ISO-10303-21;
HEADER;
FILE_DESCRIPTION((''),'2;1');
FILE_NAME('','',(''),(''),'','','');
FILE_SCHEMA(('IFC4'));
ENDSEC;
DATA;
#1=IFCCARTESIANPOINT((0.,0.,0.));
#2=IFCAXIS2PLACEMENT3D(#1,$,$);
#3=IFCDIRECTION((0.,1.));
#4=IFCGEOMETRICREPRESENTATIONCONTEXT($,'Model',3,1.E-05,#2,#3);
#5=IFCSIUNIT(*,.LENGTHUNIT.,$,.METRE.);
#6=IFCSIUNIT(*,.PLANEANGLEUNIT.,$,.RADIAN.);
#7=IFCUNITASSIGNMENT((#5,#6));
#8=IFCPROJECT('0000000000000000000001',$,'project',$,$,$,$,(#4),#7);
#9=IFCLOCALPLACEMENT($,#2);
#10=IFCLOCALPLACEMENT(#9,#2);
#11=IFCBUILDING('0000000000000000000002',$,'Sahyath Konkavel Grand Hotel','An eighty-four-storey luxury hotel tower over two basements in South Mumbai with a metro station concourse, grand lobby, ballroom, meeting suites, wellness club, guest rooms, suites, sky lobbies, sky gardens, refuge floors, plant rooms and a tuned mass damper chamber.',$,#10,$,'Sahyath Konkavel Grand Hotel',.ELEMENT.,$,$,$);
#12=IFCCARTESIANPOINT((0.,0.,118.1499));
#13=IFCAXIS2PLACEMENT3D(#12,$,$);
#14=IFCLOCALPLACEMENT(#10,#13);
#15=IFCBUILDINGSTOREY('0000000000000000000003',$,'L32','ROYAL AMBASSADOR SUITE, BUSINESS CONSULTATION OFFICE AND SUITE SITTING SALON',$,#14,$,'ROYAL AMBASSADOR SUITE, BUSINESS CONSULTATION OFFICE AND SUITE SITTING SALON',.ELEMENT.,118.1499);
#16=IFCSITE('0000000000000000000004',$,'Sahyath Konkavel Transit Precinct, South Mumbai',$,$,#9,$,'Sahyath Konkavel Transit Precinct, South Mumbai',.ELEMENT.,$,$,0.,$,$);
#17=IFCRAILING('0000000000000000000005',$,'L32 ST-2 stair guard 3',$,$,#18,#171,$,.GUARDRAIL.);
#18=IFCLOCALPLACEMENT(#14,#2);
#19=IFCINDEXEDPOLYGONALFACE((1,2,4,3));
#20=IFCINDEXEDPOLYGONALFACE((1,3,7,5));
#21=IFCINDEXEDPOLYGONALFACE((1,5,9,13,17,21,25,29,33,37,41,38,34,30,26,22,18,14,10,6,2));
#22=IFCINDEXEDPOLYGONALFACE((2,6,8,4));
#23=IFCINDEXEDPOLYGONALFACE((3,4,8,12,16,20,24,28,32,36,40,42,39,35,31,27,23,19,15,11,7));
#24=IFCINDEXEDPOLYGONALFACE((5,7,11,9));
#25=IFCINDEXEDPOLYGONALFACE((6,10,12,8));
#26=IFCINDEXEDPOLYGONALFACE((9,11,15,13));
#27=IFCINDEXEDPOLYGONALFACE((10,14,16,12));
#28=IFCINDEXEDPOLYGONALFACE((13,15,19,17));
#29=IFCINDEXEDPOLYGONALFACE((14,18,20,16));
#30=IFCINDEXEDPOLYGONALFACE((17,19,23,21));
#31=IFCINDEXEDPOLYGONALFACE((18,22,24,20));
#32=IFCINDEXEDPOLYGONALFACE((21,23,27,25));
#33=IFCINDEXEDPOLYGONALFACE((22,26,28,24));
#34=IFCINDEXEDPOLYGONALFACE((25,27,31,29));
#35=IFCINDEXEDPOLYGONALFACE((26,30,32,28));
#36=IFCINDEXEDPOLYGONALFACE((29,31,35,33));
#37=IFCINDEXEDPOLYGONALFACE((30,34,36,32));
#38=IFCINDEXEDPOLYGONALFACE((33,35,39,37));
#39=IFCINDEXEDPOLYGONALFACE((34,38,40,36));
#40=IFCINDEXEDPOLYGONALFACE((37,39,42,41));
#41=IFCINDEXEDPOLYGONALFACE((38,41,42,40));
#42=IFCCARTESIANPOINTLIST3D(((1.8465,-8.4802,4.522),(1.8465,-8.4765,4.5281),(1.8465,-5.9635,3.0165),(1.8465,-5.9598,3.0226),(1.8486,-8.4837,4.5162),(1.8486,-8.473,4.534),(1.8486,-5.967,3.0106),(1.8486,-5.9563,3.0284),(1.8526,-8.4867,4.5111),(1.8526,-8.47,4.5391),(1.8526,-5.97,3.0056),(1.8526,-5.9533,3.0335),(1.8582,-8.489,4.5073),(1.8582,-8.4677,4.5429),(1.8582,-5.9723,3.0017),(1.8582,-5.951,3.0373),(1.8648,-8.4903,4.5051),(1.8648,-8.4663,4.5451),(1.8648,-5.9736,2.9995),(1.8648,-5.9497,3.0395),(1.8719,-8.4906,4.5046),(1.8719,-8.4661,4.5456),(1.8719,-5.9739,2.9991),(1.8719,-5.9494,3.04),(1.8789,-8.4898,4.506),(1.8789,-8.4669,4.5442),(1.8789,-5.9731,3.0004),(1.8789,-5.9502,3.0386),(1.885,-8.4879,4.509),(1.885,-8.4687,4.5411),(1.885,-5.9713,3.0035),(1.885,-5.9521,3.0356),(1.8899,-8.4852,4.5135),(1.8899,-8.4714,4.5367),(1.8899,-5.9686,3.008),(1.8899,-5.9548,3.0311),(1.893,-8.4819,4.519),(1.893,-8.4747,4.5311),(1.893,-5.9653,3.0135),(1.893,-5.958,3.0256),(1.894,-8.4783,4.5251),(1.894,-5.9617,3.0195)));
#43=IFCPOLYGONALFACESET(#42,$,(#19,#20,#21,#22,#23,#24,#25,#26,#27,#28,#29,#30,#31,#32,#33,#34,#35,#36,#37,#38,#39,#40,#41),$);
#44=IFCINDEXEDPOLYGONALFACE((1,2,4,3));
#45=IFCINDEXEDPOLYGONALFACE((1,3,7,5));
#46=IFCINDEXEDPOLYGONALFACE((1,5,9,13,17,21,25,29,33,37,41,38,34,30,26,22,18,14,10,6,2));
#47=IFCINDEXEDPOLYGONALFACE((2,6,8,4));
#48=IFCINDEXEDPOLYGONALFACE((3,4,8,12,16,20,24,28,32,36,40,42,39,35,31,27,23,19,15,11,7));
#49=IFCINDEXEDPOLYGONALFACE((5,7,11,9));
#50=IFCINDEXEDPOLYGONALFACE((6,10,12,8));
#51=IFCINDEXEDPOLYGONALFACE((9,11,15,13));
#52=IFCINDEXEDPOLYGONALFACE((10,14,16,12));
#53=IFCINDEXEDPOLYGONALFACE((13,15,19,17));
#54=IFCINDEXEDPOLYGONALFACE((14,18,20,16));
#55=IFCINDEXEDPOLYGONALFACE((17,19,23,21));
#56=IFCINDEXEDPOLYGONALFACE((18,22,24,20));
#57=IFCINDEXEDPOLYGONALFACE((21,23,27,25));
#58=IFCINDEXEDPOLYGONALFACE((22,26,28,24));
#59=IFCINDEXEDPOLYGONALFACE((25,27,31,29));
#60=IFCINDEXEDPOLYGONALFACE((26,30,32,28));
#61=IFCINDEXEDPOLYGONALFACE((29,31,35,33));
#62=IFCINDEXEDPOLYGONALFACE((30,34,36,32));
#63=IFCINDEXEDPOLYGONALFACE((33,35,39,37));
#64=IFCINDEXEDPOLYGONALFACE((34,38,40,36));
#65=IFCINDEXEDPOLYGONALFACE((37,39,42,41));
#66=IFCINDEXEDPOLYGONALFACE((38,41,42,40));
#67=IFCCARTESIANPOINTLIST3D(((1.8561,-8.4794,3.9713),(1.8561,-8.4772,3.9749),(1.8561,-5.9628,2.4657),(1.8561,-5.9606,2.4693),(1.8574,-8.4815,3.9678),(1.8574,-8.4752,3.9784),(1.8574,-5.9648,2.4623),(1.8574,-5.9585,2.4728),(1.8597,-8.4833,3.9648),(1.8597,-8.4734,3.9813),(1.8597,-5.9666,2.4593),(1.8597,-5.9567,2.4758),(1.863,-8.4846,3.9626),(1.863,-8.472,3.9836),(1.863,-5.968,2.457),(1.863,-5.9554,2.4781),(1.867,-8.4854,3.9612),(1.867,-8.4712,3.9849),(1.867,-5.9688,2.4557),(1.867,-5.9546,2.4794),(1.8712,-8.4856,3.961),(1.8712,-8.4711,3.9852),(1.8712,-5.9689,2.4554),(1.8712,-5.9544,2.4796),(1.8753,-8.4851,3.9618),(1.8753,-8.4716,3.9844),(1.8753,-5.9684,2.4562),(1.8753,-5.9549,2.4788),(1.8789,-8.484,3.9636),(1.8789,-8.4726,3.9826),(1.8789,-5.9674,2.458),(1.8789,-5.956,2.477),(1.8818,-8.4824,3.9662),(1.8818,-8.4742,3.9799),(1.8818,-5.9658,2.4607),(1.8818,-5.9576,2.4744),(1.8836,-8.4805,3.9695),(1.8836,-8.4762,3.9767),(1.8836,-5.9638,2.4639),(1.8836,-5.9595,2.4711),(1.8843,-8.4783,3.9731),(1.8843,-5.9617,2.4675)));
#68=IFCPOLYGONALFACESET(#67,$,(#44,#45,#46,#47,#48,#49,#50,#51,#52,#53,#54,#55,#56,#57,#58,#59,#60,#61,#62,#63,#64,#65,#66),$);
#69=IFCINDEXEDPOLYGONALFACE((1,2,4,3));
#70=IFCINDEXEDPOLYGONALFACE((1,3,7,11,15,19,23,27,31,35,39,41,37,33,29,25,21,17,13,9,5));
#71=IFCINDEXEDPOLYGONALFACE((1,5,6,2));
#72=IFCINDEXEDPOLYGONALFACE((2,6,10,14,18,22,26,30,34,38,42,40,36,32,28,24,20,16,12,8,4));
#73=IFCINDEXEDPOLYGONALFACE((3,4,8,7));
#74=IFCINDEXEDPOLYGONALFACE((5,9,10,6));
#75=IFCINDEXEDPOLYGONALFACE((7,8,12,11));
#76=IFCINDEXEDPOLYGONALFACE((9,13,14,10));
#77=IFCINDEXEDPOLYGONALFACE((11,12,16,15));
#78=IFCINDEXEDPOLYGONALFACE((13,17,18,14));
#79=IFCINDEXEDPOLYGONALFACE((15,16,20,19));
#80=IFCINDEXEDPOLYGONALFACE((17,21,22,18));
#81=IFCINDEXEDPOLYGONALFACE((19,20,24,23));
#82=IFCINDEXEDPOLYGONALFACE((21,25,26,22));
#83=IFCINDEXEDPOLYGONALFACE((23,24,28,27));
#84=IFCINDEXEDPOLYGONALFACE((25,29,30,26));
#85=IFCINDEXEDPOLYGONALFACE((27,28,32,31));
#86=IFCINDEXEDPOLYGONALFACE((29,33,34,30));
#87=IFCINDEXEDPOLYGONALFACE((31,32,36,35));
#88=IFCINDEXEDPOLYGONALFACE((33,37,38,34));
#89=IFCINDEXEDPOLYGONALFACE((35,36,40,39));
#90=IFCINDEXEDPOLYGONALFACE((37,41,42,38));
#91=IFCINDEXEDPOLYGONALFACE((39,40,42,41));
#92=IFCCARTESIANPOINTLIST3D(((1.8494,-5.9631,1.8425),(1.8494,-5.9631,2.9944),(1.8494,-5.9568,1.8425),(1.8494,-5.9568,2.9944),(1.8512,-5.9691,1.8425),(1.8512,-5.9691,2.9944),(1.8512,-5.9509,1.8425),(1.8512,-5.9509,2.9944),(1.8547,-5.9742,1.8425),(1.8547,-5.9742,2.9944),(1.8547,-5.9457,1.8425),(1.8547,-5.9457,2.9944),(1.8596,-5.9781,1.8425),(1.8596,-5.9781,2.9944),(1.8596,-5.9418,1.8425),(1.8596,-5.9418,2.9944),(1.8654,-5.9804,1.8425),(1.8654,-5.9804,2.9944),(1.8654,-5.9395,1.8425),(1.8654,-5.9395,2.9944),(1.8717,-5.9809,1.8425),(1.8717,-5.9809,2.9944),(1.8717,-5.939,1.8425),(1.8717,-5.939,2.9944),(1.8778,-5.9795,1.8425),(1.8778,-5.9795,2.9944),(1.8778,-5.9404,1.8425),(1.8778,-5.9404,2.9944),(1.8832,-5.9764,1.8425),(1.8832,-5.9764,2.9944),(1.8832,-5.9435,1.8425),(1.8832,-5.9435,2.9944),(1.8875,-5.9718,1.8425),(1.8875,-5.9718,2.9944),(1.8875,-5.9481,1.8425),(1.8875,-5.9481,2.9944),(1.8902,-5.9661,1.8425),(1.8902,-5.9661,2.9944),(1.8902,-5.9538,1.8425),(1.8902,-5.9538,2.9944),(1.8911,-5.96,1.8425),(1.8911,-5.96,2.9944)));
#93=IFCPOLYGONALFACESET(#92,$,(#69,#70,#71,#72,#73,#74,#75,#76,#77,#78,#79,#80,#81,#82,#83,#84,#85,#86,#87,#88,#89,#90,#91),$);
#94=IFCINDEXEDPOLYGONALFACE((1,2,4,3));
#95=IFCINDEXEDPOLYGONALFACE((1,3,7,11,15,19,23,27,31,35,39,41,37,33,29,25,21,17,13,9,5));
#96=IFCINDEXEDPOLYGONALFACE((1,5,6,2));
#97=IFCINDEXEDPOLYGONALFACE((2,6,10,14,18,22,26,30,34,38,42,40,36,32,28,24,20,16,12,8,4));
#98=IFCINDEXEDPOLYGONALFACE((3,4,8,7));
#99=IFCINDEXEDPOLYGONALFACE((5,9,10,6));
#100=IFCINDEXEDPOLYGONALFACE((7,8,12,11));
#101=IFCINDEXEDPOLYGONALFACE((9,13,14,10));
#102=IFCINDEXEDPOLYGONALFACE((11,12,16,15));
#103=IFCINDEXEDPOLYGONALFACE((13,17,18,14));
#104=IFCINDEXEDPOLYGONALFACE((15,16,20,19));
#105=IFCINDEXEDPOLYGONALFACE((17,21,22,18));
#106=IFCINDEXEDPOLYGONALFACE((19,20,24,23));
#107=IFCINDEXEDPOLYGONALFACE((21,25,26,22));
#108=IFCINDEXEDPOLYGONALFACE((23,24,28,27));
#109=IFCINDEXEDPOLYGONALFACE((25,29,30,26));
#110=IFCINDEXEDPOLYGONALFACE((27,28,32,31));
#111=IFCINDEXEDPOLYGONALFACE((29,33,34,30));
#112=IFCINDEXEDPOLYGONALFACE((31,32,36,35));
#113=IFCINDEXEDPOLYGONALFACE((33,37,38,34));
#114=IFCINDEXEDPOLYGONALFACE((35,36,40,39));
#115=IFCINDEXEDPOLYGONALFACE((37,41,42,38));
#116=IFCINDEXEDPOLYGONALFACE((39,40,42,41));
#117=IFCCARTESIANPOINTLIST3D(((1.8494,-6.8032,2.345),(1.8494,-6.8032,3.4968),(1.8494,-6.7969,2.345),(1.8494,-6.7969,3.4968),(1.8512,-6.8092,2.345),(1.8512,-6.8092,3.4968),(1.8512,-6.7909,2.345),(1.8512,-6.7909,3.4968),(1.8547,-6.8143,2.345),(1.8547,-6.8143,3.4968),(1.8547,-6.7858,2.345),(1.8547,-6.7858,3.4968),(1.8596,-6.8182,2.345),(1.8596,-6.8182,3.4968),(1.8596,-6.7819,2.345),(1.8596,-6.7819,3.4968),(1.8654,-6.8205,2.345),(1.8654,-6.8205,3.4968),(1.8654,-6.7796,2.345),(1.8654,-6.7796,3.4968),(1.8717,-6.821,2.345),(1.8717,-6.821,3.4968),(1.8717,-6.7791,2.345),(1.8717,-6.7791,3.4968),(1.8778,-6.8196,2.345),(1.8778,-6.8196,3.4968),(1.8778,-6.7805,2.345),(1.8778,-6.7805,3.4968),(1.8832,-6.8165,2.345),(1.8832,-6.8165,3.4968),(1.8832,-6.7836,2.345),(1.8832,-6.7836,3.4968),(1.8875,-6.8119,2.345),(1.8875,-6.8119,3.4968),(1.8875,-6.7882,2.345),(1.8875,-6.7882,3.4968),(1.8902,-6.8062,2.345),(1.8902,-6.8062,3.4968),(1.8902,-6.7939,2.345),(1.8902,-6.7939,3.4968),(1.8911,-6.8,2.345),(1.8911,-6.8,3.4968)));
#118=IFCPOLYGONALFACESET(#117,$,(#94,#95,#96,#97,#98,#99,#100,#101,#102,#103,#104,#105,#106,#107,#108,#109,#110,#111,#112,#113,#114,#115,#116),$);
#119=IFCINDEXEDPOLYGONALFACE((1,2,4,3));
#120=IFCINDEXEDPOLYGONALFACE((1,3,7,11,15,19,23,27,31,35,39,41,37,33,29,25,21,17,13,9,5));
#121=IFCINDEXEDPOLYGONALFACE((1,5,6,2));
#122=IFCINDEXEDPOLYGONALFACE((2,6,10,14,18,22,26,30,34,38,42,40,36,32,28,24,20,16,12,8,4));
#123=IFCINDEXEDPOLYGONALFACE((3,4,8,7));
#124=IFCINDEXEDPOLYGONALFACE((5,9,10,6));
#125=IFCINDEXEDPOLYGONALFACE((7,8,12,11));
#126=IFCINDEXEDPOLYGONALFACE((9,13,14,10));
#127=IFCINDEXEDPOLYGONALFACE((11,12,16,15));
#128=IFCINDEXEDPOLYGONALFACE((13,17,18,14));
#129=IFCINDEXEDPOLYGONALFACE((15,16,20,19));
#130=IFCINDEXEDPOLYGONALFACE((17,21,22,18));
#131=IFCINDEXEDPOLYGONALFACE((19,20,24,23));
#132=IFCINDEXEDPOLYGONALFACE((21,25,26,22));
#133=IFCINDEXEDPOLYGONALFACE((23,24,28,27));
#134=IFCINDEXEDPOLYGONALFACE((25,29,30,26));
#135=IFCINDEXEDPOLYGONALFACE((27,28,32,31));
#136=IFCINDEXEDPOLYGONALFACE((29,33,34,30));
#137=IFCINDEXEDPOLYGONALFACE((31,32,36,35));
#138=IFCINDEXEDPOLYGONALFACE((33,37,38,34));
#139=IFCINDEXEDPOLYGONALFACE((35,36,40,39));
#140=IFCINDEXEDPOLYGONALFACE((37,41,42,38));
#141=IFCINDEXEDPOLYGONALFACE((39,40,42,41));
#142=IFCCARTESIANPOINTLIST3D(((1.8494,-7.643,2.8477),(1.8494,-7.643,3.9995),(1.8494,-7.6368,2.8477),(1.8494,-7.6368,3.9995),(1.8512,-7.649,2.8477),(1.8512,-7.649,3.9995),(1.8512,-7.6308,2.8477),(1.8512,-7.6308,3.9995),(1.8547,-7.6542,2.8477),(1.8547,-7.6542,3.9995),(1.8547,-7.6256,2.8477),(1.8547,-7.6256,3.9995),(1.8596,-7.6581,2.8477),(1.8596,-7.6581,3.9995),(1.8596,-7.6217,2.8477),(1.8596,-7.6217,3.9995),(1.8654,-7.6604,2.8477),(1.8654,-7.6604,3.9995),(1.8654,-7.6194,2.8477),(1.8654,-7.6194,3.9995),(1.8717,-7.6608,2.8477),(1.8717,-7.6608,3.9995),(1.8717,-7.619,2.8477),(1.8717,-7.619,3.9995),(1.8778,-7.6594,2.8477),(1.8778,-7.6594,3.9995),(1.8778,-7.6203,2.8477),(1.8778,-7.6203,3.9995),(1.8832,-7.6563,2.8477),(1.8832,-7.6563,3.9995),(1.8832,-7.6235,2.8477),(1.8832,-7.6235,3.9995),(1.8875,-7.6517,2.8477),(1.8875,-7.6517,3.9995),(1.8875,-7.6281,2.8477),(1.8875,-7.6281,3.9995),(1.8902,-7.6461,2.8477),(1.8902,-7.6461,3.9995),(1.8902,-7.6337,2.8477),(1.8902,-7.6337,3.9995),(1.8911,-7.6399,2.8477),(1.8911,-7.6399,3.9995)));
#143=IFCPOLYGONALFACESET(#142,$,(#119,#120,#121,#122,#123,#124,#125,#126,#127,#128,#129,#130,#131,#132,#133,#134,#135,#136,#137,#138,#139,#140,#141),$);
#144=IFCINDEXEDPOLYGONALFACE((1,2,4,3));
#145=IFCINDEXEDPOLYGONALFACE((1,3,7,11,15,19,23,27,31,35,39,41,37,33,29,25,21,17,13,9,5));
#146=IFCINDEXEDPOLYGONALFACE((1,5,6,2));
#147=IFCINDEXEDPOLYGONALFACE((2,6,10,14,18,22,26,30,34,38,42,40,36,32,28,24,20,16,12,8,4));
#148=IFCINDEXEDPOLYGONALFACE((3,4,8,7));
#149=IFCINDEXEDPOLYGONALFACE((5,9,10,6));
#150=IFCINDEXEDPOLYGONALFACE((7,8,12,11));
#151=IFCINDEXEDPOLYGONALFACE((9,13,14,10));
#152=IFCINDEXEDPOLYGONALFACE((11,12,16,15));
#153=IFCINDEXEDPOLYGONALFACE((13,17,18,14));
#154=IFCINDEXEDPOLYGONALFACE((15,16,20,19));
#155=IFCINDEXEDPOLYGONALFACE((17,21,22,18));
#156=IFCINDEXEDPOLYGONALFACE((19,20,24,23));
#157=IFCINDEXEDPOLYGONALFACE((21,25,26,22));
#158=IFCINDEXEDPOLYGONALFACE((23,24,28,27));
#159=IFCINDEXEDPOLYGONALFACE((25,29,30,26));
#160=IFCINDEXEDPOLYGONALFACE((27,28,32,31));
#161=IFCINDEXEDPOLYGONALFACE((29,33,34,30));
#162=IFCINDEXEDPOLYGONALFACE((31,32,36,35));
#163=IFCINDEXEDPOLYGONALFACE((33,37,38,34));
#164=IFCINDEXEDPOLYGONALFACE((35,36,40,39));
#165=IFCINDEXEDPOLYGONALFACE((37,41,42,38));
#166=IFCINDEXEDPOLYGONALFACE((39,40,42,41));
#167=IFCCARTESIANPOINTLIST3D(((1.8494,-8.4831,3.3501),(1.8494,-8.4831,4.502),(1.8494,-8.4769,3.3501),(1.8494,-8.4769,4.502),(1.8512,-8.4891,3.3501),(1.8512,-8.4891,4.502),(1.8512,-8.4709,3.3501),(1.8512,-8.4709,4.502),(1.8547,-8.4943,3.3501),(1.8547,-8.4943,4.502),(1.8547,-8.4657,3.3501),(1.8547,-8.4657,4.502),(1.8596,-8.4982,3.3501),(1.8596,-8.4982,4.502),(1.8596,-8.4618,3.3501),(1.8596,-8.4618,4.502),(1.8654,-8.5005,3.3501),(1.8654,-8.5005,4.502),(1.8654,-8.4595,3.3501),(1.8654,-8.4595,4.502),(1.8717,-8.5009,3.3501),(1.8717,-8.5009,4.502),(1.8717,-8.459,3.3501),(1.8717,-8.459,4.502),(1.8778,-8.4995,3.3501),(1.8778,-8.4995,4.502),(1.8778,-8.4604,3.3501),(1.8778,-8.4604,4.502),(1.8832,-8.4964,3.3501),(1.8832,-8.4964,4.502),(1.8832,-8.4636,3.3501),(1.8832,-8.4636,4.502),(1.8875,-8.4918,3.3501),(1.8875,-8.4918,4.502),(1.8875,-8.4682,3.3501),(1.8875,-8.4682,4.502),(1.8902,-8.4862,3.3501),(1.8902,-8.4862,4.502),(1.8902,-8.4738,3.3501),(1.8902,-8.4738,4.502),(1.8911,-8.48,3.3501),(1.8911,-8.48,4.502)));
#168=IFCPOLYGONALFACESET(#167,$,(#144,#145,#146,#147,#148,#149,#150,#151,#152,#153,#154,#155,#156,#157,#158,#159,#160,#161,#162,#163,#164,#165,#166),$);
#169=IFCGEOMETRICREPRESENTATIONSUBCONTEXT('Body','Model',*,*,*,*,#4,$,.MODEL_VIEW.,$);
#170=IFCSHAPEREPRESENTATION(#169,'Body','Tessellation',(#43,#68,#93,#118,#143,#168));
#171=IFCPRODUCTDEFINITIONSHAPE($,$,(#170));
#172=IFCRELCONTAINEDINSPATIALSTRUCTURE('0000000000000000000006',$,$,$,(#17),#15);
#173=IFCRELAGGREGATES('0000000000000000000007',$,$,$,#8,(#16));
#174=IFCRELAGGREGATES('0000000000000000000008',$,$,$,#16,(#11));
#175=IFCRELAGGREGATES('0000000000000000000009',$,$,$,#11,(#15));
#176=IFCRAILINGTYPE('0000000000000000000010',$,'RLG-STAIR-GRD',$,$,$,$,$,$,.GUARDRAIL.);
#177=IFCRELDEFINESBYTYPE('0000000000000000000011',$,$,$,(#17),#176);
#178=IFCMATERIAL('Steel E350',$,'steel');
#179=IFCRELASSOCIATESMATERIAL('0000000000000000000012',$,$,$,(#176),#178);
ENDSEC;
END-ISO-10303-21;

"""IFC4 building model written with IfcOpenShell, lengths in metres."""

from ifc_helpers import new_model, si_unit, direction, frame, origin, origin_2d, place, context, subcontext, project, spatial, circle, extrude, material, type_object, element, save


model = new_model("IFC4")

# Units and contexts
model_context = context("Model", 3, precision=1e-05, world=origin(), true_north=direction((0.0, 1.0)))
body_context = subcontext(model_context, "Body", "Model", "MODEL_VIEW")
ifc_project = project(units=[si_unit("LENGTHUNIT", "METRE"), si_unit("PLANEANGLEUNIT", "RADIAN")], contexts=[model_context])

# Site, building, storey
site_placement = place(None, origin())
site = spatial("IfcSite", under=ifc_project, at=site_placement, Name="Sahyath Konkavel Transit Precinct, South Mumbai", LongName="Sahyath Konkavel Transit Precinct, South Mumbai", CompositionType="ELEMENT", RefElevation=0.0)
building_placement = place(site_placement, origin())
building = spatial("IfcBuilding", under=site, at=building_placement, Name="Sahyath Konkavel Grand Hotel", Description="An eighty-four-storey luxury hotel tower over two basements in South Mumbai with a metro station concourse, grand lobby, ballroom, meeting suites, wellness club, guest rooms, suites, sky lobbies, sky gardens, refuge floors, plant rooms and a tuned mass damper chamber.", LongName="Sahyath Konkavel Grand Hotel", CompositionType="ELEMENT")
storey_placement = place(building_placement, frame((0.0, 0.0, 118.1499)))
storey = spatial("IfcBuildingStorey", under=building, at=storey_placement, Name="L32", Description="ROYAL AMBASSADOR SUITE, BUSINESS CONSULTATION OFFICE AND SUITE SITTING SALON", LongName="ROYAL AMBASSADOR SUITE, BUSINESS CONSULTATION OFFICE AND SUITE SITTING SALON", CompositionType="ELEMENT", Elevation=118.1499)

# Shared definitions
ifc_material_1 = material(Name="Steel E350", Category="steel")

# Railing
railing_type_1 = type_object("IfcRailingType", Name="RLG-STAIR-GRD", PredefinedType="GUARDRAIL", material=ifc_material_1)
railing_1_placement = place(storey_placement, frame((1.8701, -5.96, 1.8425)))
element("IfcRailing", 1, at=railing_1_placement, inside=storey, type_object=railing_type_1, Name="L32 ST-2 stair guard 3", PredefinedType="GUARDRAIL", context=body_context, shape_type="SweptSolid", body=[
    extrude(circle(Radius=0.0239, at=origin_2d()), frame((0.0, -0.0017, 1.177), z_axis=(0.0, -0.85816, 0.513383), x_axis=(1.0, 0.0, 0.0)), (0.0, 0.0, 1.0), 2.9326),
    extrude(circle(Radius=0.0142, at=origin_2d()), frame((0.0, -0.0017, 0.625), z_axis=(0.0, -0.85816, 0.513383), x_axis=(1.0, 0.0, 0.0)), (0.0, 0.0, 1.0), 2.9326),
    extrude(circle(Radius=0.021, at=origin_2d()), origin(), (0.0, 0.0, 1.0), 1.1519),
    extrude(circle(Radius=0.021, at=origin_2d()), frame((0.0, -0.8401, 0.5024)), (0.0, 0.0, 1.0), 1.1519),
    extrude(circle(Radius=0.021, at=origin_2d()), frame((0.0, -1.6799, 1.0051)), (0.0, 0.0, 1.0), 1.1519),
    extrude(circle(Radius=0.021, at=origin_2d()), frame((0.0, -2.52, 1.5076)), (0.0, 0.0, 1.0), 1.1519),
])

save(model, "model.ifc")
